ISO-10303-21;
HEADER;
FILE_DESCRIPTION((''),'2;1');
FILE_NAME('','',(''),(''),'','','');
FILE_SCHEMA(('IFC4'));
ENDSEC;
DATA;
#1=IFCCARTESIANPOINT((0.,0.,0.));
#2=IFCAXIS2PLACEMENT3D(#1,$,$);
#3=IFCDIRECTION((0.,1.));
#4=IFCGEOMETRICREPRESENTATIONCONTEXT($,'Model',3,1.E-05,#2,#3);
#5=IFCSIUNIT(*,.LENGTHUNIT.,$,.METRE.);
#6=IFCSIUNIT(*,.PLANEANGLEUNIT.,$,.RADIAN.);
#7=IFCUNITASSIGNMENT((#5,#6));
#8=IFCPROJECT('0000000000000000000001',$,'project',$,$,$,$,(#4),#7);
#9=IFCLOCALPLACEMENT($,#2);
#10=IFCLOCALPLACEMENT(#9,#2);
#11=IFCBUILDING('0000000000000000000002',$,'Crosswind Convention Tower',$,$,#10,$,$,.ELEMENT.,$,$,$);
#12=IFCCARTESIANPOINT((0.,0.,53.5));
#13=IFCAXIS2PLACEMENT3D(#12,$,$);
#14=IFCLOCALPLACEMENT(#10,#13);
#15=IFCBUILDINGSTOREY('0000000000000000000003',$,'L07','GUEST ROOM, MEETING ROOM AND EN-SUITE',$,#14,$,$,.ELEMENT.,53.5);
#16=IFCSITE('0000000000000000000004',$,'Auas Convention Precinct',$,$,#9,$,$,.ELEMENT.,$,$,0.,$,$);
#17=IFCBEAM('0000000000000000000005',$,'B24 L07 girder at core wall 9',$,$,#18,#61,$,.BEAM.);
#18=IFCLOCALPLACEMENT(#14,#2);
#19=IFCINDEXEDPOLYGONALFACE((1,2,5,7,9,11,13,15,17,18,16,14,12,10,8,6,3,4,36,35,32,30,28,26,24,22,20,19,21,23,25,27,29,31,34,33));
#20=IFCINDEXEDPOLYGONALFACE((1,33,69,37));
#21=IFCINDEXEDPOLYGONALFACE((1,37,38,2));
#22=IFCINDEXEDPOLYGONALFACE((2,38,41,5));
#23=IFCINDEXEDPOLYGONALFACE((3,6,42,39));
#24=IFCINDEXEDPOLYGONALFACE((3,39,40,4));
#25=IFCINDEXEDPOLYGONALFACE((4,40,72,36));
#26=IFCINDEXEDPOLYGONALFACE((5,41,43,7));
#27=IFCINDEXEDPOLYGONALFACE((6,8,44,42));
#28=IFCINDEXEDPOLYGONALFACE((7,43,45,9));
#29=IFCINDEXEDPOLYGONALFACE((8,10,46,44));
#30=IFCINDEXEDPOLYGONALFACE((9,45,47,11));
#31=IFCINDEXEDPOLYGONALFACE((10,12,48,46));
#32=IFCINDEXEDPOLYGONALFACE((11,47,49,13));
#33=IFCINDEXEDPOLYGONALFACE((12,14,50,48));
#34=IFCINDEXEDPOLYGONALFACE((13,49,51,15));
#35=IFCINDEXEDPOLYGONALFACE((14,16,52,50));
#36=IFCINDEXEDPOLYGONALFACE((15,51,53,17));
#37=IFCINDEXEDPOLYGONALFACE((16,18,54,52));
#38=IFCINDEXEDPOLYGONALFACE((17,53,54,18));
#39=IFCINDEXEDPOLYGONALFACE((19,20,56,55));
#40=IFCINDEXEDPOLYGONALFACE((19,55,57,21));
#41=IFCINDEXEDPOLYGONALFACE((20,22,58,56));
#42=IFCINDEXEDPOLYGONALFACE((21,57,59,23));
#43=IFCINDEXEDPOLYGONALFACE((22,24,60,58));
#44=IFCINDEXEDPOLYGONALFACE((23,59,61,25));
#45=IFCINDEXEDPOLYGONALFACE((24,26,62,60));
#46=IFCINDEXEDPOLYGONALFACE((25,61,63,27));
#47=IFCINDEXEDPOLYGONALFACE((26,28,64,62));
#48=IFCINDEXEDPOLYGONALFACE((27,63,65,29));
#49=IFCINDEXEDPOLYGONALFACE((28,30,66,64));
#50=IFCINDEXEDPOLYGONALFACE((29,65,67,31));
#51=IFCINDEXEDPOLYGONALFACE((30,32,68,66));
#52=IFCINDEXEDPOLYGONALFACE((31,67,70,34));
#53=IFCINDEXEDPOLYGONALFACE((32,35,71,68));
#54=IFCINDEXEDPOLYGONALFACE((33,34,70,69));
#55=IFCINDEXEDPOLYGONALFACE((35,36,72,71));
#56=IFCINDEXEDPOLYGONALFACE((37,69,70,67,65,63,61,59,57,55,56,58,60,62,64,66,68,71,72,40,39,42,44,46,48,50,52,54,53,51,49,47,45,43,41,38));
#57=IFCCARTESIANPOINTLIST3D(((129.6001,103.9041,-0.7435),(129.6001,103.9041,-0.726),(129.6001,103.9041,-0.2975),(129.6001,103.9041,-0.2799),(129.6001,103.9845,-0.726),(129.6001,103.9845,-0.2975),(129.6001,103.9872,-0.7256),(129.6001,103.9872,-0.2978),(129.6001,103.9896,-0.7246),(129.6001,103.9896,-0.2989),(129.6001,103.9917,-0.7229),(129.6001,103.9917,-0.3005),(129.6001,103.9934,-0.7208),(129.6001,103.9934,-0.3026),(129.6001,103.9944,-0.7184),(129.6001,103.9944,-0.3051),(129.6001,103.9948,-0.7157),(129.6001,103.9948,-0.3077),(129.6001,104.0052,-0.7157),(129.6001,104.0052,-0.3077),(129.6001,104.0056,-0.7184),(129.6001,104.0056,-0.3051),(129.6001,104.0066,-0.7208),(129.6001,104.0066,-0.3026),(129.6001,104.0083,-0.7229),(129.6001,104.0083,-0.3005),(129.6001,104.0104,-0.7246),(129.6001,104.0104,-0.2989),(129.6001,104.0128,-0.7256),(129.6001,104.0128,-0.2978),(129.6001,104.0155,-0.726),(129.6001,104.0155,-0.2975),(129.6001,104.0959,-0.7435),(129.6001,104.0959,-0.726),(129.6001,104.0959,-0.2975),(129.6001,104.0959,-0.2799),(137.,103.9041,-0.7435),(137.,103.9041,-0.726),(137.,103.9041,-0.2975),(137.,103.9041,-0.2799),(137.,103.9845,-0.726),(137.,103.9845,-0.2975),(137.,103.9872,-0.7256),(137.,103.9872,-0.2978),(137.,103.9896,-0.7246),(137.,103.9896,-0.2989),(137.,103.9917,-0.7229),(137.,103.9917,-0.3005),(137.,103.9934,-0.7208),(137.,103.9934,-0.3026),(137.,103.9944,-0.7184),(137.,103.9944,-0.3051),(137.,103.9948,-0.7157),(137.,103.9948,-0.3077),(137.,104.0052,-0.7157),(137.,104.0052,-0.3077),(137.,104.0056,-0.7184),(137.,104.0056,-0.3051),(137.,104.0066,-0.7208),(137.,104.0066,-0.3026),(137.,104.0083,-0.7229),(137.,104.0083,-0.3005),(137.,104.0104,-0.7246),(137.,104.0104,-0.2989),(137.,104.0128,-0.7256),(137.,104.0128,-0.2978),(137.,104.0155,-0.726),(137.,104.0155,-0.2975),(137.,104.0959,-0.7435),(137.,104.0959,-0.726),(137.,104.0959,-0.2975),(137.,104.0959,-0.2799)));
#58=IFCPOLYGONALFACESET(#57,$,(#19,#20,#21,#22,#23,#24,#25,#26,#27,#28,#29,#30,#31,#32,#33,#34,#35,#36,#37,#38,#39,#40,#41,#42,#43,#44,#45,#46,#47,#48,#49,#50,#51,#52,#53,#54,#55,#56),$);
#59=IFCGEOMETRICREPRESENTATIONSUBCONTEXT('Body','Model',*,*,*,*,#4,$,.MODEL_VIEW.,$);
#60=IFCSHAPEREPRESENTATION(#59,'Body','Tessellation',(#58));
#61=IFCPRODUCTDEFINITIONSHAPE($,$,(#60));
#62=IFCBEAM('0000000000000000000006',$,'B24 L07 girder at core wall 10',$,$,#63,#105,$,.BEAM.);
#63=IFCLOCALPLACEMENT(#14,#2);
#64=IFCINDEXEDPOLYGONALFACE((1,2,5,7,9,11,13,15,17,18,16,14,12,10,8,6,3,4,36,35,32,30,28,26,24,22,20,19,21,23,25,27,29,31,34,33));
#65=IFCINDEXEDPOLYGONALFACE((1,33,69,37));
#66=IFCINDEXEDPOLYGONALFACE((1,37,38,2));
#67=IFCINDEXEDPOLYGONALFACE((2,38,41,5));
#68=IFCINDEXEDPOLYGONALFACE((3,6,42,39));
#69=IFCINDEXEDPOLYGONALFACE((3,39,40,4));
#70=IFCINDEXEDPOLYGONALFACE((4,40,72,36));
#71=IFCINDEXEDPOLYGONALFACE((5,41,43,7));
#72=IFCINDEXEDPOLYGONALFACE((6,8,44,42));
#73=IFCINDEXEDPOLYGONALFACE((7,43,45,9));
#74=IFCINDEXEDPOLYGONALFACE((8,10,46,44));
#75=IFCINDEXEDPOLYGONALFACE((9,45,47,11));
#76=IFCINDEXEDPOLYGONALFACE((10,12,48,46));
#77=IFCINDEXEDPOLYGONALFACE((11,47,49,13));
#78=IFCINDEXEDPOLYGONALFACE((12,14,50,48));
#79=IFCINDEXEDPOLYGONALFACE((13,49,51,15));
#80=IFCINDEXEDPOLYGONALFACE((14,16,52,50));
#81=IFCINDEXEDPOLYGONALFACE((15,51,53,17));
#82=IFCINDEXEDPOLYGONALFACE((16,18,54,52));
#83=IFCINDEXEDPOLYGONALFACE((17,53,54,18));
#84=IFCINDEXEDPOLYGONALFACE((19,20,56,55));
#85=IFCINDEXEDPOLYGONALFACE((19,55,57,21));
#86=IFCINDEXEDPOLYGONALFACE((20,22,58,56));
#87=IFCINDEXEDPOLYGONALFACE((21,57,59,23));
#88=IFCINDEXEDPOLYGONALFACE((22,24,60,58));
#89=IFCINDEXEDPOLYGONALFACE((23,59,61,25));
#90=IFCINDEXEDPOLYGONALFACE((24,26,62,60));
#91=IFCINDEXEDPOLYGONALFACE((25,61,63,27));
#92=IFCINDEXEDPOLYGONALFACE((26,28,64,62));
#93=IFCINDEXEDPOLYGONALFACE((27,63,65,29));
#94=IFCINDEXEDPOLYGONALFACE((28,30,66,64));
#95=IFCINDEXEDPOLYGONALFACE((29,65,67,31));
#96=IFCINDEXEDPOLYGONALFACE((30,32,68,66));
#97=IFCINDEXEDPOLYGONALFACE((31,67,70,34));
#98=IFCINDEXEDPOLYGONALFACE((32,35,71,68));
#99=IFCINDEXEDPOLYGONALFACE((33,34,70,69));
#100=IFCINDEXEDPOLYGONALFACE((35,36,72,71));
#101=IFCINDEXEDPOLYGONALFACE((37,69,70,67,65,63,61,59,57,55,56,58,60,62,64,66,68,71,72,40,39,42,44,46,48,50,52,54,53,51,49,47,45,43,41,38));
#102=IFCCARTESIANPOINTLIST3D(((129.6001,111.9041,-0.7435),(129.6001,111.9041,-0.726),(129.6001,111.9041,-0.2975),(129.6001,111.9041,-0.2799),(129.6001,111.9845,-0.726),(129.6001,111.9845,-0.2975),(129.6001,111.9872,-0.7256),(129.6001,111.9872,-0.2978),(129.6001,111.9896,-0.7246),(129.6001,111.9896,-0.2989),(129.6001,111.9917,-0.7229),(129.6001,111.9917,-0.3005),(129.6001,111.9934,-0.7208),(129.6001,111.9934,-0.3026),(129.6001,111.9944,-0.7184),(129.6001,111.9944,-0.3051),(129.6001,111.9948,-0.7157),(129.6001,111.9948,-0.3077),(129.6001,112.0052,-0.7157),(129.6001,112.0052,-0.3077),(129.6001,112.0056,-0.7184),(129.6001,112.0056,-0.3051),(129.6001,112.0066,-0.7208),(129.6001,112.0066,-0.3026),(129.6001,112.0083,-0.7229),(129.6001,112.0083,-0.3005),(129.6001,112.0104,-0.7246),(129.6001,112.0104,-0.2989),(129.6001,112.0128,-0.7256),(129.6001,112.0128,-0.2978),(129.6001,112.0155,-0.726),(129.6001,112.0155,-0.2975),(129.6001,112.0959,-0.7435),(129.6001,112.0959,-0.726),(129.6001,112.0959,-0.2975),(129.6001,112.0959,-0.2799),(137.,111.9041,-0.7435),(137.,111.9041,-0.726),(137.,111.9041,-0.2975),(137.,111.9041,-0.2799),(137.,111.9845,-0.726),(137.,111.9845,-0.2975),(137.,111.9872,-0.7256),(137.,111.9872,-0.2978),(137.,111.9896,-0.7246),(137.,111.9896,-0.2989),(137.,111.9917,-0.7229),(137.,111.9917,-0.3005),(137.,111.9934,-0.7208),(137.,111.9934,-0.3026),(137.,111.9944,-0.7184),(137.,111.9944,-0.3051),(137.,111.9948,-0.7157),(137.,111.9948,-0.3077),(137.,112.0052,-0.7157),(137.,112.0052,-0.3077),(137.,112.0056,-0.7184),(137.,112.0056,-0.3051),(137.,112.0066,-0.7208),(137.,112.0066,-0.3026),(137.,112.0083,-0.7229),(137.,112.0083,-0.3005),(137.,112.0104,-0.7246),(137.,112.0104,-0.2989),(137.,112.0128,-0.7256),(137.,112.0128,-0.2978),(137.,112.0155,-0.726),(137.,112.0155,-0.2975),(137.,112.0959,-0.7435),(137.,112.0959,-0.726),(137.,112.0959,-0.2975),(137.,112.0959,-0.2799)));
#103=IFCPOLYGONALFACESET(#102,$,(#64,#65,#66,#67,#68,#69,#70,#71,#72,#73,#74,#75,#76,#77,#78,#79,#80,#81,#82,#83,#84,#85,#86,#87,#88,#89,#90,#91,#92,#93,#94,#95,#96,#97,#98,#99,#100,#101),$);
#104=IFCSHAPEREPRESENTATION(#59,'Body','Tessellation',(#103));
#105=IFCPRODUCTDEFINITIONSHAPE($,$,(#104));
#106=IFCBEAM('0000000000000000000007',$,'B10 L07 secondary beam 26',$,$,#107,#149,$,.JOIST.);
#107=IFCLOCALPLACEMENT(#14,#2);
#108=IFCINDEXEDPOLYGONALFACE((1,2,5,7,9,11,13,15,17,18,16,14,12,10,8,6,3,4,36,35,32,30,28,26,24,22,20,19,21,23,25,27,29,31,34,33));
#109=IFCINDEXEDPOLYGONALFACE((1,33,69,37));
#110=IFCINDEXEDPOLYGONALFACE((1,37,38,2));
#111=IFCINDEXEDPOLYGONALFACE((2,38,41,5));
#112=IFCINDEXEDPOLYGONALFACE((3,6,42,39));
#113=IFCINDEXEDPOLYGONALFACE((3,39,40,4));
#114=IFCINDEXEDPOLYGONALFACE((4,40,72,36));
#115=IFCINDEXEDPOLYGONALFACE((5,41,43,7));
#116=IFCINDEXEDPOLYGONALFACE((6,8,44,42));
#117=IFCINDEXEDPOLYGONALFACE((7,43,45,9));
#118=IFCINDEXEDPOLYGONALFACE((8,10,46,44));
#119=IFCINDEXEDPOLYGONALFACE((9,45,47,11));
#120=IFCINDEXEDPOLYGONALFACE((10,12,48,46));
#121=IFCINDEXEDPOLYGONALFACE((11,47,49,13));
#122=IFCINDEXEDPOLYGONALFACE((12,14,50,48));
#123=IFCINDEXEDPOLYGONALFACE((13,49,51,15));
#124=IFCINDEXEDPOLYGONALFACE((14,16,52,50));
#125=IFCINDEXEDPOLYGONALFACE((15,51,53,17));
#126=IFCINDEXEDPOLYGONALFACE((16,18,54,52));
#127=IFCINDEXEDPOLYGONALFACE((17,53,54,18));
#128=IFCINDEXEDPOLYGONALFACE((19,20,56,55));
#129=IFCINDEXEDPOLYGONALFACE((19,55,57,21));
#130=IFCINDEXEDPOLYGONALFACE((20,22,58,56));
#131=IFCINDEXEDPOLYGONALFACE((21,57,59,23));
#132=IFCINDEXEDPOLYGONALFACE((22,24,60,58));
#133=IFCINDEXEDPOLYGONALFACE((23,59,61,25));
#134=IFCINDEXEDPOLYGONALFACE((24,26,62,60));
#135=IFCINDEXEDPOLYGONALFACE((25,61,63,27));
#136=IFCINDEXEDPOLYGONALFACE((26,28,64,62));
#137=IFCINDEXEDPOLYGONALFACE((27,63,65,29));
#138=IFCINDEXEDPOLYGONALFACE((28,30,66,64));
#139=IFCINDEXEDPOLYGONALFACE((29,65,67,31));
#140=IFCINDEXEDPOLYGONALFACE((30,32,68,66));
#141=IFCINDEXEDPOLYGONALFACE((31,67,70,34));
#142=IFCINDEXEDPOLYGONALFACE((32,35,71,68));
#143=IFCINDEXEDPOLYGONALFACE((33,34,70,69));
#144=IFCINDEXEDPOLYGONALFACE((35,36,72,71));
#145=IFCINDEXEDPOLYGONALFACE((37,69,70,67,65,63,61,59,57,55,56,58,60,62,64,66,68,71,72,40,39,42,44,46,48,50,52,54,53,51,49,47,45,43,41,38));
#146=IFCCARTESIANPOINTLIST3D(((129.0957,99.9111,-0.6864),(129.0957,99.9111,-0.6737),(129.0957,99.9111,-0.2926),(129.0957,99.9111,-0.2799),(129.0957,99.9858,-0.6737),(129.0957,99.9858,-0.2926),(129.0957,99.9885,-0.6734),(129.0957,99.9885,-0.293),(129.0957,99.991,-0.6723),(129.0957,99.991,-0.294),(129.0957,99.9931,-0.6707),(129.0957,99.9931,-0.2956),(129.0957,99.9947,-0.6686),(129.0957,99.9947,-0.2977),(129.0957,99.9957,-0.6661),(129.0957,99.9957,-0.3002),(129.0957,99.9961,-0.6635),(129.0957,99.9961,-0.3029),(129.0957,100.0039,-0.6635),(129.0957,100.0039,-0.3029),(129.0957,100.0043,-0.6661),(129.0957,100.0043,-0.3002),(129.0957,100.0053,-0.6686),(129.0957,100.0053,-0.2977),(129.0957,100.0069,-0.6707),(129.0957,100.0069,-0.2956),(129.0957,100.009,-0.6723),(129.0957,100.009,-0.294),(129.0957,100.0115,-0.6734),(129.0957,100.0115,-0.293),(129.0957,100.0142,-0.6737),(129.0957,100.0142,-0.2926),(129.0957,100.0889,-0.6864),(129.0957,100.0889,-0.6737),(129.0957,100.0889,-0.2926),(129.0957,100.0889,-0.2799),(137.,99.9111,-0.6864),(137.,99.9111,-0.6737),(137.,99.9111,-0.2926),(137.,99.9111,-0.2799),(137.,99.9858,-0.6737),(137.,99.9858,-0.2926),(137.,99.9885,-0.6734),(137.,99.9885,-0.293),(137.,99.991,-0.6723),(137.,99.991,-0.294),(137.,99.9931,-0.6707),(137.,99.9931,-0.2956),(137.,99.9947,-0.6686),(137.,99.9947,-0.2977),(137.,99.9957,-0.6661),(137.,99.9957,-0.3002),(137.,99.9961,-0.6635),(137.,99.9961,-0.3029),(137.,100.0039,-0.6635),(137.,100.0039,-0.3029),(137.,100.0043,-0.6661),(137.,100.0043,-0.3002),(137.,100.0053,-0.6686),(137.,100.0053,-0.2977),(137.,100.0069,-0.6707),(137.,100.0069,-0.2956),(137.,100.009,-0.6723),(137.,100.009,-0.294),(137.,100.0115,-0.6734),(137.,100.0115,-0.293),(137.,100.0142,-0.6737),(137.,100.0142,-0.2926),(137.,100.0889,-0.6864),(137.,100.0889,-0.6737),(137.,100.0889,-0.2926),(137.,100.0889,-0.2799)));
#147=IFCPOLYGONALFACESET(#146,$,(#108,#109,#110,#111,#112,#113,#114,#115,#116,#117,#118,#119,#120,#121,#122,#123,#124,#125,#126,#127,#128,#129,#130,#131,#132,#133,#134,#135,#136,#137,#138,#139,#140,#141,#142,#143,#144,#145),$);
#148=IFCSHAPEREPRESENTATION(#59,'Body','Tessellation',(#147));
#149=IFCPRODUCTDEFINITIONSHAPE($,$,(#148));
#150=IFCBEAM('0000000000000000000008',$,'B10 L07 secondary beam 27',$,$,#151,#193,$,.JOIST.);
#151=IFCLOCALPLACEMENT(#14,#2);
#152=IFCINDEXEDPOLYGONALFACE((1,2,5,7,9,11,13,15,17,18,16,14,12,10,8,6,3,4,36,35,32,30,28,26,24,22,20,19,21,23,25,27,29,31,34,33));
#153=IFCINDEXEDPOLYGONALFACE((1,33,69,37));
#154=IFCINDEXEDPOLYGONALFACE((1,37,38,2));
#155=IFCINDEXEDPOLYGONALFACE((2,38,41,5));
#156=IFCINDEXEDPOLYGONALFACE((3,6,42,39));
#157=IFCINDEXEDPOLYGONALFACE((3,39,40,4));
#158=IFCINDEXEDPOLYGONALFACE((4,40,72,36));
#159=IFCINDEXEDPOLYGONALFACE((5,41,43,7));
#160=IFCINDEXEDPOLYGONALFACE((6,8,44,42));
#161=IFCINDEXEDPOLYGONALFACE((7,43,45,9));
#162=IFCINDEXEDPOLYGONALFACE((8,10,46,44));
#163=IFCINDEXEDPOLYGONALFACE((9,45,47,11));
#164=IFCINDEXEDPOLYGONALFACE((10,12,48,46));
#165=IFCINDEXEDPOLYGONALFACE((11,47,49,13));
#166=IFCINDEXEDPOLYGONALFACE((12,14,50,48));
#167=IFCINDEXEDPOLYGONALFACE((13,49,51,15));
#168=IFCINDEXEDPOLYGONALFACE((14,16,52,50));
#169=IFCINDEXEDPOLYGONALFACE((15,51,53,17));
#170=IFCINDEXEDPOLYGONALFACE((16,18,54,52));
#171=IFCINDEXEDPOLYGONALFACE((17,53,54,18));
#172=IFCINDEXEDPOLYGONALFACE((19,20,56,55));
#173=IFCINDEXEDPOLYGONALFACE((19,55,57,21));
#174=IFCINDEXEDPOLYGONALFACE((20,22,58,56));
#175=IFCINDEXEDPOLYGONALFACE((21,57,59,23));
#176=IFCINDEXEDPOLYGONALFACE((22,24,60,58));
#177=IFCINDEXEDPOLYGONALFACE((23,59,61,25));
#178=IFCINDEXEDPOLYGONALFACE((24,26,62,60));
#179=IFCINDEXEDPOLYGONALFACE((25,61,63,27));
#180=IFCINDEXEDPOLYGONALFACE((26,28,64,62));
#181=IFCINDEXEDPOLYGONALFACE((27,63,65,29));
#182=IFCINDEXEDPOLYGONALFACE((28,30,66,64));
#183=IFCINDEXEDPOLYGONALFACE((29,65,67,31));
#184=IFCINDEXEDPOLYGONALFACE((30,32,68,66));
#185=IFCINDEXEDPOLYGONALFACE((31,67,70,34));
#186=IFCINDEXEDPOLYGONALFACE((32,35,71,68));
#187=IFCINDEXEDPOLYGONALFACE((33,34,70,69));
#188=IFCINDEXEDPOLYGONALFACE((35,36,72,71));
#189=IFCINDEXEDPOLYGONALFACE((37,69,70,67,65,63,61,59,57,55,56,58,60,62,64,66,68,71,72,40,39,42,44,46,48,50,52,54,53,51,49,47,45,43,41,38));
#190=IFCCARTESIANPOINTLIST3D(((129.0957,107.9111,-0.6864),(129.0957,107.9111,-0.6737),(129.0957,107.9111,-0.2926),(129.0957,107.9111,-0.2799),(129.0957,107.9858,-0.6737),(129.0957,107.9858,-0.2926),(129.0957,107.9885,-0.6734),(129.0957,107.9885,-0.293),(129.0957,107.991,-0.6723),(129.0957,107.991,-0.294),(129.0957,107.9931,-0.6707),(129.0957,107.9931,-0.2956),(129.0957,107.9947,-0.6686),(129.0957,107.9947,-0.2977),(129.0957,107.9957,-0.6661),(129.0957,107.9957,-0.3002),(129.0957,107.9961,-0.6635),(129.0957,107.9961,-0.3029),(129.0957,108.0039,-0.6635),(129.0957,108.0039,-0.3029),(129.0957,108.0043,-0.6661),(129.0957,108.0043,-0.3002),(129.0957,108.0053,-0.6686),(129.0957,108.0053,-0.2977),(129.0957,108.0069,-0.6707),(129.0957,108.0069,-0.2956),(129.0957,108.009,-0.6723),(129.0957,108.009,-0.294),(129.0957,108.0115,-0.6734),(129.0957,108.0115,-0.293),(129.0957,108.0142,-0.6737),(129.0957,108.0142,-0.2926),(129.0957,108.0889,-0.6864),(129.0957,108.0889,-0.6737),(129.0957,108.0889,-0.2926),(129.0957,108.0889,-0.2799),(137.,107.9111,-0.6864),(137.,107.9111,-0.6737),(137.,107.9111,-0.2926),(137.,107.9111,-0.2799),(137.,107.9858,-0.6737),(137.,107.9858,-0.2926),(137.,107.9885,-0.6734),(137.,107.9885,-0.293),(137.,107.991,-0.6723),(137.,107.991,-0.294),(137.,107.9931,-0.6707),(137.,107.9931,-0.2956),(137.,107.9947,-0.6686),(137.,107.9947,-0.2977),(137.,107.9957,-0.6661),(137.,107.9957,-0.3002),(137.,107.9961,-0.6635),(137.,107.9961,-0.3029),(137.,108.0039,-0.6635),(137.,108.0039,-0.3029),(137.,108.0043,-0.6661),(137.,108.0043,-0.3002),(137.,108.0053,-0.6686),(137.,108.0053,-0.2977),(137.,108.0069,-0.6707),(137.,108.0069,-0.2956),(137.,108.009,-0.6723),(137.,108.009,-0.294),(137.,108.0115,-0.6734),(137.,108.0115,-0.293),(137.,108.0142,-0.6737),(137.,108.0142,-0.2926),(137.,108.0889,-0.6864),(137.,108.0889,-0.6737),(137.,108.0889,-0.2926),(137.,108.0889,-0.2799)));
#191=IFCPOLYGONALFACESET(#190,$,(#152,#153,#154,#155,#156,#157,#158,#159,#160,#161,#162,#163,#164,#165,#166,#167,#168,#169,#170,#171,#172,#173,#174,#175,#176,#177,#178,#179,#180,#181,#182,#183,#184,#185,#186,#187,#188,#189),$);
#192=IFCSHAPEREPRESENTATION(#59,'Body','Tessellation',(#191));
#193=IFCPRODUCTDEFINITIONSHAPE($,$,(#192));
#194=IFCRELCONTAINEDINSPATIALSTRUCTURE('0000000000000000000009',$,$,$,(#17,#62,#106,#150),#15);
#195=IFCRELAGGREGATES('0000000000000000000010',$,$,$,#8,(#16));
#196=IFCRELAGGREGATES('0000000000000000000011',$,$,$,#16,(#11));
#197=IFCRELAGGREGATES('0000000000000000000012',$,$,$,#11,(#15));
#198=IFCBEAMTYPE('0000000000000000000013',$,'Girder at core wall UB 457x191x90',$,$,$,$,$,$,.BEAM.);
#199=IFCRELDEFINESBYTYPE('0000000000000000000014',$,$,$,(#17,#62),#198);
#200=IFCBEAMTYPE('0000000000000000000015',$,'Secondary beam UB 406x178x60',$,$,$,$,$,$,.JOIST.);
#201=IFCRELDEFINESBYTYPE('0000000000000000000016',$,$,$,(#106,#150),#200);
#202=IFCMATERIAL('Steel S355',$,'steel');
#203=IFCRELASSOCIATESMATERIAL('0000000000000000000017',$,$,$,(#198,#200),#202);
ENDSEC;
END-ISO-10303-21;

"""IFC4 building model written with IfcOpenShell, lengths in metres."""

from ifc_helpers import new_model, si_unit, direction, frame, origin, origin_2d, place, context, subcontext, project, spatial, i_section, extrude, material, material_profile, profile_set, type_object, element, save


model = new_model("IFC4")

# Units and contexts
model_context = context("Model", 3, precision=1e-05, world=origin(), true_north=direction((0.0, 1.0)))
body_context = subcontext(model_context, "Body", "Model", "MODEL_VIEW")
ifc_project = project(units=[si_unit("LENGTHUNIT", "METRE"), si_unit("PLANEANGLEUNIT", "RADIAN")], contexts=[model_context])

# Site, building, storey
site_placement = place(None, origin())
site = spatial("IfcSite", under=ifc_project, at=site_placement, Name="Auas Convention Precinct", CompositionType="ELEMENT", RefElevation=0.0)
building_placement = place(site_placement, origin())
building = spatial("IfcBuilding", under=site, at=building_placement, Name="Crosswind Convention Tower", CompositionType="ELEMENT")
storey_placement = place(building_placement, frame((0.0, 0.0, 53.5)))
storey = spatial("IfcBuildingStorey", under=building, at=storey_placement, Name="L07", Description="GUEST ROOM, MEETING ROOM AND EN-SUITE", CompositionType="ELEMENT", Elevation=53.5)

# Beams
ifc_material_1 = material(Name="Steel S355", Category="steel")
ifc_material_profile_1 = material_profile(ifc_material_1, i_section(OverallWidth=0.1919, OverallDepth=0.4636, WebThickness=0.0105, FlangeThickness=0.0176, FilletRadius=0.0103, at=origin_2d()), Name="UB 457x191x90")
ifc_profile_set_1 = profile_set([ifc_material_profile_1], Name="Steel S355")
beam_type_1 = type_object("IfcBeamType", Name="Girder at core wall UB 457x191x90", PredefinedType="BEAM", material=ifc_profile_set_1)
for number, where, z_axis, x_axis, name in (
    (1, (129.6001, 104.0, -0.5117), (1.0, 0.0, 0.0), (0.0, 1.0, 0.0), "B24 L07 girder at core wall 9"),
    (2, (129.6001, 112.0, -0.5117), (1.0, 0.0, 0.0), (0.0, 1.0, 0.0), "B24 L07 girder at core wall 10"),
):
    element("IfcBeam", number, at=place(storey_placement, frame(where, z_axis=z_axis, x_axis=x_axis)), inside=storey, type_object=beam_type_1, Name=name, PredefinedType="BEAM", context=body_context, shape_type="SweptSolid", body=[
        extrude(i_section(OverallWidth=0.1919, OverallDepth=0.4636, WebThickness=0.0105, FlangeThickness=0.0176, FilletRadius=0.0103, at=origin_2d()), origin(), (0.0, 0.0, 1.0), 7.3999),
    ])
ifc_material_profile_2 = material_profile(ifc_material_1, i_section(OverallWidth=0.1777, OverallDepth=0.4065, WebThickness=0.0078, FlangeThickness=0.0127, FilletRadius=0.0103, at=origin_2d()), Name="UB 406x178x60")
ifc_profile_set_2 = profile_set([ifc_material_profile_2], Name="Steel S355")
beam_type_2 = type_object("IfcBeamType", Name="Secondary beam UB 406x178x60", PredefinedType="JOIST", material=ifc_profile_set_2)
for number, where, z_axis, x_axis, name in (
    (3, (129.0957, 100.0, -0.4832), (1.0, 0.0, 0.0), (0.0, 1.0, 0.0), "B10 L07 secondary beam 26"),
    (4, (129.0957, 108.0, -0.4832), (1.0, 0.0, 0.0), (0.0, 1.0, 0.0), "B10 L07 secondary beam 27"),
):
    element("IfcBeam", number, at=place(storey_placement, frame(where, z_axis=z_axis, x_axis=x_axis)), inside=storey, type_object=beam_type_2, Name=name, PredefinedType="JOIST", context=body_context, shape_type="SweptSolid", body=[
        extrude(i_section(OverallWidth=0.1777, OverallDepth=0.4065, WebThickness=0.0078, FlangeThickness=0.0127, FilletRadius=0.0103, at=origin_2d()), origin(), (0.0, 0.0, 1.0), 7.9043),
    ])

save(model, "model.ifc")
